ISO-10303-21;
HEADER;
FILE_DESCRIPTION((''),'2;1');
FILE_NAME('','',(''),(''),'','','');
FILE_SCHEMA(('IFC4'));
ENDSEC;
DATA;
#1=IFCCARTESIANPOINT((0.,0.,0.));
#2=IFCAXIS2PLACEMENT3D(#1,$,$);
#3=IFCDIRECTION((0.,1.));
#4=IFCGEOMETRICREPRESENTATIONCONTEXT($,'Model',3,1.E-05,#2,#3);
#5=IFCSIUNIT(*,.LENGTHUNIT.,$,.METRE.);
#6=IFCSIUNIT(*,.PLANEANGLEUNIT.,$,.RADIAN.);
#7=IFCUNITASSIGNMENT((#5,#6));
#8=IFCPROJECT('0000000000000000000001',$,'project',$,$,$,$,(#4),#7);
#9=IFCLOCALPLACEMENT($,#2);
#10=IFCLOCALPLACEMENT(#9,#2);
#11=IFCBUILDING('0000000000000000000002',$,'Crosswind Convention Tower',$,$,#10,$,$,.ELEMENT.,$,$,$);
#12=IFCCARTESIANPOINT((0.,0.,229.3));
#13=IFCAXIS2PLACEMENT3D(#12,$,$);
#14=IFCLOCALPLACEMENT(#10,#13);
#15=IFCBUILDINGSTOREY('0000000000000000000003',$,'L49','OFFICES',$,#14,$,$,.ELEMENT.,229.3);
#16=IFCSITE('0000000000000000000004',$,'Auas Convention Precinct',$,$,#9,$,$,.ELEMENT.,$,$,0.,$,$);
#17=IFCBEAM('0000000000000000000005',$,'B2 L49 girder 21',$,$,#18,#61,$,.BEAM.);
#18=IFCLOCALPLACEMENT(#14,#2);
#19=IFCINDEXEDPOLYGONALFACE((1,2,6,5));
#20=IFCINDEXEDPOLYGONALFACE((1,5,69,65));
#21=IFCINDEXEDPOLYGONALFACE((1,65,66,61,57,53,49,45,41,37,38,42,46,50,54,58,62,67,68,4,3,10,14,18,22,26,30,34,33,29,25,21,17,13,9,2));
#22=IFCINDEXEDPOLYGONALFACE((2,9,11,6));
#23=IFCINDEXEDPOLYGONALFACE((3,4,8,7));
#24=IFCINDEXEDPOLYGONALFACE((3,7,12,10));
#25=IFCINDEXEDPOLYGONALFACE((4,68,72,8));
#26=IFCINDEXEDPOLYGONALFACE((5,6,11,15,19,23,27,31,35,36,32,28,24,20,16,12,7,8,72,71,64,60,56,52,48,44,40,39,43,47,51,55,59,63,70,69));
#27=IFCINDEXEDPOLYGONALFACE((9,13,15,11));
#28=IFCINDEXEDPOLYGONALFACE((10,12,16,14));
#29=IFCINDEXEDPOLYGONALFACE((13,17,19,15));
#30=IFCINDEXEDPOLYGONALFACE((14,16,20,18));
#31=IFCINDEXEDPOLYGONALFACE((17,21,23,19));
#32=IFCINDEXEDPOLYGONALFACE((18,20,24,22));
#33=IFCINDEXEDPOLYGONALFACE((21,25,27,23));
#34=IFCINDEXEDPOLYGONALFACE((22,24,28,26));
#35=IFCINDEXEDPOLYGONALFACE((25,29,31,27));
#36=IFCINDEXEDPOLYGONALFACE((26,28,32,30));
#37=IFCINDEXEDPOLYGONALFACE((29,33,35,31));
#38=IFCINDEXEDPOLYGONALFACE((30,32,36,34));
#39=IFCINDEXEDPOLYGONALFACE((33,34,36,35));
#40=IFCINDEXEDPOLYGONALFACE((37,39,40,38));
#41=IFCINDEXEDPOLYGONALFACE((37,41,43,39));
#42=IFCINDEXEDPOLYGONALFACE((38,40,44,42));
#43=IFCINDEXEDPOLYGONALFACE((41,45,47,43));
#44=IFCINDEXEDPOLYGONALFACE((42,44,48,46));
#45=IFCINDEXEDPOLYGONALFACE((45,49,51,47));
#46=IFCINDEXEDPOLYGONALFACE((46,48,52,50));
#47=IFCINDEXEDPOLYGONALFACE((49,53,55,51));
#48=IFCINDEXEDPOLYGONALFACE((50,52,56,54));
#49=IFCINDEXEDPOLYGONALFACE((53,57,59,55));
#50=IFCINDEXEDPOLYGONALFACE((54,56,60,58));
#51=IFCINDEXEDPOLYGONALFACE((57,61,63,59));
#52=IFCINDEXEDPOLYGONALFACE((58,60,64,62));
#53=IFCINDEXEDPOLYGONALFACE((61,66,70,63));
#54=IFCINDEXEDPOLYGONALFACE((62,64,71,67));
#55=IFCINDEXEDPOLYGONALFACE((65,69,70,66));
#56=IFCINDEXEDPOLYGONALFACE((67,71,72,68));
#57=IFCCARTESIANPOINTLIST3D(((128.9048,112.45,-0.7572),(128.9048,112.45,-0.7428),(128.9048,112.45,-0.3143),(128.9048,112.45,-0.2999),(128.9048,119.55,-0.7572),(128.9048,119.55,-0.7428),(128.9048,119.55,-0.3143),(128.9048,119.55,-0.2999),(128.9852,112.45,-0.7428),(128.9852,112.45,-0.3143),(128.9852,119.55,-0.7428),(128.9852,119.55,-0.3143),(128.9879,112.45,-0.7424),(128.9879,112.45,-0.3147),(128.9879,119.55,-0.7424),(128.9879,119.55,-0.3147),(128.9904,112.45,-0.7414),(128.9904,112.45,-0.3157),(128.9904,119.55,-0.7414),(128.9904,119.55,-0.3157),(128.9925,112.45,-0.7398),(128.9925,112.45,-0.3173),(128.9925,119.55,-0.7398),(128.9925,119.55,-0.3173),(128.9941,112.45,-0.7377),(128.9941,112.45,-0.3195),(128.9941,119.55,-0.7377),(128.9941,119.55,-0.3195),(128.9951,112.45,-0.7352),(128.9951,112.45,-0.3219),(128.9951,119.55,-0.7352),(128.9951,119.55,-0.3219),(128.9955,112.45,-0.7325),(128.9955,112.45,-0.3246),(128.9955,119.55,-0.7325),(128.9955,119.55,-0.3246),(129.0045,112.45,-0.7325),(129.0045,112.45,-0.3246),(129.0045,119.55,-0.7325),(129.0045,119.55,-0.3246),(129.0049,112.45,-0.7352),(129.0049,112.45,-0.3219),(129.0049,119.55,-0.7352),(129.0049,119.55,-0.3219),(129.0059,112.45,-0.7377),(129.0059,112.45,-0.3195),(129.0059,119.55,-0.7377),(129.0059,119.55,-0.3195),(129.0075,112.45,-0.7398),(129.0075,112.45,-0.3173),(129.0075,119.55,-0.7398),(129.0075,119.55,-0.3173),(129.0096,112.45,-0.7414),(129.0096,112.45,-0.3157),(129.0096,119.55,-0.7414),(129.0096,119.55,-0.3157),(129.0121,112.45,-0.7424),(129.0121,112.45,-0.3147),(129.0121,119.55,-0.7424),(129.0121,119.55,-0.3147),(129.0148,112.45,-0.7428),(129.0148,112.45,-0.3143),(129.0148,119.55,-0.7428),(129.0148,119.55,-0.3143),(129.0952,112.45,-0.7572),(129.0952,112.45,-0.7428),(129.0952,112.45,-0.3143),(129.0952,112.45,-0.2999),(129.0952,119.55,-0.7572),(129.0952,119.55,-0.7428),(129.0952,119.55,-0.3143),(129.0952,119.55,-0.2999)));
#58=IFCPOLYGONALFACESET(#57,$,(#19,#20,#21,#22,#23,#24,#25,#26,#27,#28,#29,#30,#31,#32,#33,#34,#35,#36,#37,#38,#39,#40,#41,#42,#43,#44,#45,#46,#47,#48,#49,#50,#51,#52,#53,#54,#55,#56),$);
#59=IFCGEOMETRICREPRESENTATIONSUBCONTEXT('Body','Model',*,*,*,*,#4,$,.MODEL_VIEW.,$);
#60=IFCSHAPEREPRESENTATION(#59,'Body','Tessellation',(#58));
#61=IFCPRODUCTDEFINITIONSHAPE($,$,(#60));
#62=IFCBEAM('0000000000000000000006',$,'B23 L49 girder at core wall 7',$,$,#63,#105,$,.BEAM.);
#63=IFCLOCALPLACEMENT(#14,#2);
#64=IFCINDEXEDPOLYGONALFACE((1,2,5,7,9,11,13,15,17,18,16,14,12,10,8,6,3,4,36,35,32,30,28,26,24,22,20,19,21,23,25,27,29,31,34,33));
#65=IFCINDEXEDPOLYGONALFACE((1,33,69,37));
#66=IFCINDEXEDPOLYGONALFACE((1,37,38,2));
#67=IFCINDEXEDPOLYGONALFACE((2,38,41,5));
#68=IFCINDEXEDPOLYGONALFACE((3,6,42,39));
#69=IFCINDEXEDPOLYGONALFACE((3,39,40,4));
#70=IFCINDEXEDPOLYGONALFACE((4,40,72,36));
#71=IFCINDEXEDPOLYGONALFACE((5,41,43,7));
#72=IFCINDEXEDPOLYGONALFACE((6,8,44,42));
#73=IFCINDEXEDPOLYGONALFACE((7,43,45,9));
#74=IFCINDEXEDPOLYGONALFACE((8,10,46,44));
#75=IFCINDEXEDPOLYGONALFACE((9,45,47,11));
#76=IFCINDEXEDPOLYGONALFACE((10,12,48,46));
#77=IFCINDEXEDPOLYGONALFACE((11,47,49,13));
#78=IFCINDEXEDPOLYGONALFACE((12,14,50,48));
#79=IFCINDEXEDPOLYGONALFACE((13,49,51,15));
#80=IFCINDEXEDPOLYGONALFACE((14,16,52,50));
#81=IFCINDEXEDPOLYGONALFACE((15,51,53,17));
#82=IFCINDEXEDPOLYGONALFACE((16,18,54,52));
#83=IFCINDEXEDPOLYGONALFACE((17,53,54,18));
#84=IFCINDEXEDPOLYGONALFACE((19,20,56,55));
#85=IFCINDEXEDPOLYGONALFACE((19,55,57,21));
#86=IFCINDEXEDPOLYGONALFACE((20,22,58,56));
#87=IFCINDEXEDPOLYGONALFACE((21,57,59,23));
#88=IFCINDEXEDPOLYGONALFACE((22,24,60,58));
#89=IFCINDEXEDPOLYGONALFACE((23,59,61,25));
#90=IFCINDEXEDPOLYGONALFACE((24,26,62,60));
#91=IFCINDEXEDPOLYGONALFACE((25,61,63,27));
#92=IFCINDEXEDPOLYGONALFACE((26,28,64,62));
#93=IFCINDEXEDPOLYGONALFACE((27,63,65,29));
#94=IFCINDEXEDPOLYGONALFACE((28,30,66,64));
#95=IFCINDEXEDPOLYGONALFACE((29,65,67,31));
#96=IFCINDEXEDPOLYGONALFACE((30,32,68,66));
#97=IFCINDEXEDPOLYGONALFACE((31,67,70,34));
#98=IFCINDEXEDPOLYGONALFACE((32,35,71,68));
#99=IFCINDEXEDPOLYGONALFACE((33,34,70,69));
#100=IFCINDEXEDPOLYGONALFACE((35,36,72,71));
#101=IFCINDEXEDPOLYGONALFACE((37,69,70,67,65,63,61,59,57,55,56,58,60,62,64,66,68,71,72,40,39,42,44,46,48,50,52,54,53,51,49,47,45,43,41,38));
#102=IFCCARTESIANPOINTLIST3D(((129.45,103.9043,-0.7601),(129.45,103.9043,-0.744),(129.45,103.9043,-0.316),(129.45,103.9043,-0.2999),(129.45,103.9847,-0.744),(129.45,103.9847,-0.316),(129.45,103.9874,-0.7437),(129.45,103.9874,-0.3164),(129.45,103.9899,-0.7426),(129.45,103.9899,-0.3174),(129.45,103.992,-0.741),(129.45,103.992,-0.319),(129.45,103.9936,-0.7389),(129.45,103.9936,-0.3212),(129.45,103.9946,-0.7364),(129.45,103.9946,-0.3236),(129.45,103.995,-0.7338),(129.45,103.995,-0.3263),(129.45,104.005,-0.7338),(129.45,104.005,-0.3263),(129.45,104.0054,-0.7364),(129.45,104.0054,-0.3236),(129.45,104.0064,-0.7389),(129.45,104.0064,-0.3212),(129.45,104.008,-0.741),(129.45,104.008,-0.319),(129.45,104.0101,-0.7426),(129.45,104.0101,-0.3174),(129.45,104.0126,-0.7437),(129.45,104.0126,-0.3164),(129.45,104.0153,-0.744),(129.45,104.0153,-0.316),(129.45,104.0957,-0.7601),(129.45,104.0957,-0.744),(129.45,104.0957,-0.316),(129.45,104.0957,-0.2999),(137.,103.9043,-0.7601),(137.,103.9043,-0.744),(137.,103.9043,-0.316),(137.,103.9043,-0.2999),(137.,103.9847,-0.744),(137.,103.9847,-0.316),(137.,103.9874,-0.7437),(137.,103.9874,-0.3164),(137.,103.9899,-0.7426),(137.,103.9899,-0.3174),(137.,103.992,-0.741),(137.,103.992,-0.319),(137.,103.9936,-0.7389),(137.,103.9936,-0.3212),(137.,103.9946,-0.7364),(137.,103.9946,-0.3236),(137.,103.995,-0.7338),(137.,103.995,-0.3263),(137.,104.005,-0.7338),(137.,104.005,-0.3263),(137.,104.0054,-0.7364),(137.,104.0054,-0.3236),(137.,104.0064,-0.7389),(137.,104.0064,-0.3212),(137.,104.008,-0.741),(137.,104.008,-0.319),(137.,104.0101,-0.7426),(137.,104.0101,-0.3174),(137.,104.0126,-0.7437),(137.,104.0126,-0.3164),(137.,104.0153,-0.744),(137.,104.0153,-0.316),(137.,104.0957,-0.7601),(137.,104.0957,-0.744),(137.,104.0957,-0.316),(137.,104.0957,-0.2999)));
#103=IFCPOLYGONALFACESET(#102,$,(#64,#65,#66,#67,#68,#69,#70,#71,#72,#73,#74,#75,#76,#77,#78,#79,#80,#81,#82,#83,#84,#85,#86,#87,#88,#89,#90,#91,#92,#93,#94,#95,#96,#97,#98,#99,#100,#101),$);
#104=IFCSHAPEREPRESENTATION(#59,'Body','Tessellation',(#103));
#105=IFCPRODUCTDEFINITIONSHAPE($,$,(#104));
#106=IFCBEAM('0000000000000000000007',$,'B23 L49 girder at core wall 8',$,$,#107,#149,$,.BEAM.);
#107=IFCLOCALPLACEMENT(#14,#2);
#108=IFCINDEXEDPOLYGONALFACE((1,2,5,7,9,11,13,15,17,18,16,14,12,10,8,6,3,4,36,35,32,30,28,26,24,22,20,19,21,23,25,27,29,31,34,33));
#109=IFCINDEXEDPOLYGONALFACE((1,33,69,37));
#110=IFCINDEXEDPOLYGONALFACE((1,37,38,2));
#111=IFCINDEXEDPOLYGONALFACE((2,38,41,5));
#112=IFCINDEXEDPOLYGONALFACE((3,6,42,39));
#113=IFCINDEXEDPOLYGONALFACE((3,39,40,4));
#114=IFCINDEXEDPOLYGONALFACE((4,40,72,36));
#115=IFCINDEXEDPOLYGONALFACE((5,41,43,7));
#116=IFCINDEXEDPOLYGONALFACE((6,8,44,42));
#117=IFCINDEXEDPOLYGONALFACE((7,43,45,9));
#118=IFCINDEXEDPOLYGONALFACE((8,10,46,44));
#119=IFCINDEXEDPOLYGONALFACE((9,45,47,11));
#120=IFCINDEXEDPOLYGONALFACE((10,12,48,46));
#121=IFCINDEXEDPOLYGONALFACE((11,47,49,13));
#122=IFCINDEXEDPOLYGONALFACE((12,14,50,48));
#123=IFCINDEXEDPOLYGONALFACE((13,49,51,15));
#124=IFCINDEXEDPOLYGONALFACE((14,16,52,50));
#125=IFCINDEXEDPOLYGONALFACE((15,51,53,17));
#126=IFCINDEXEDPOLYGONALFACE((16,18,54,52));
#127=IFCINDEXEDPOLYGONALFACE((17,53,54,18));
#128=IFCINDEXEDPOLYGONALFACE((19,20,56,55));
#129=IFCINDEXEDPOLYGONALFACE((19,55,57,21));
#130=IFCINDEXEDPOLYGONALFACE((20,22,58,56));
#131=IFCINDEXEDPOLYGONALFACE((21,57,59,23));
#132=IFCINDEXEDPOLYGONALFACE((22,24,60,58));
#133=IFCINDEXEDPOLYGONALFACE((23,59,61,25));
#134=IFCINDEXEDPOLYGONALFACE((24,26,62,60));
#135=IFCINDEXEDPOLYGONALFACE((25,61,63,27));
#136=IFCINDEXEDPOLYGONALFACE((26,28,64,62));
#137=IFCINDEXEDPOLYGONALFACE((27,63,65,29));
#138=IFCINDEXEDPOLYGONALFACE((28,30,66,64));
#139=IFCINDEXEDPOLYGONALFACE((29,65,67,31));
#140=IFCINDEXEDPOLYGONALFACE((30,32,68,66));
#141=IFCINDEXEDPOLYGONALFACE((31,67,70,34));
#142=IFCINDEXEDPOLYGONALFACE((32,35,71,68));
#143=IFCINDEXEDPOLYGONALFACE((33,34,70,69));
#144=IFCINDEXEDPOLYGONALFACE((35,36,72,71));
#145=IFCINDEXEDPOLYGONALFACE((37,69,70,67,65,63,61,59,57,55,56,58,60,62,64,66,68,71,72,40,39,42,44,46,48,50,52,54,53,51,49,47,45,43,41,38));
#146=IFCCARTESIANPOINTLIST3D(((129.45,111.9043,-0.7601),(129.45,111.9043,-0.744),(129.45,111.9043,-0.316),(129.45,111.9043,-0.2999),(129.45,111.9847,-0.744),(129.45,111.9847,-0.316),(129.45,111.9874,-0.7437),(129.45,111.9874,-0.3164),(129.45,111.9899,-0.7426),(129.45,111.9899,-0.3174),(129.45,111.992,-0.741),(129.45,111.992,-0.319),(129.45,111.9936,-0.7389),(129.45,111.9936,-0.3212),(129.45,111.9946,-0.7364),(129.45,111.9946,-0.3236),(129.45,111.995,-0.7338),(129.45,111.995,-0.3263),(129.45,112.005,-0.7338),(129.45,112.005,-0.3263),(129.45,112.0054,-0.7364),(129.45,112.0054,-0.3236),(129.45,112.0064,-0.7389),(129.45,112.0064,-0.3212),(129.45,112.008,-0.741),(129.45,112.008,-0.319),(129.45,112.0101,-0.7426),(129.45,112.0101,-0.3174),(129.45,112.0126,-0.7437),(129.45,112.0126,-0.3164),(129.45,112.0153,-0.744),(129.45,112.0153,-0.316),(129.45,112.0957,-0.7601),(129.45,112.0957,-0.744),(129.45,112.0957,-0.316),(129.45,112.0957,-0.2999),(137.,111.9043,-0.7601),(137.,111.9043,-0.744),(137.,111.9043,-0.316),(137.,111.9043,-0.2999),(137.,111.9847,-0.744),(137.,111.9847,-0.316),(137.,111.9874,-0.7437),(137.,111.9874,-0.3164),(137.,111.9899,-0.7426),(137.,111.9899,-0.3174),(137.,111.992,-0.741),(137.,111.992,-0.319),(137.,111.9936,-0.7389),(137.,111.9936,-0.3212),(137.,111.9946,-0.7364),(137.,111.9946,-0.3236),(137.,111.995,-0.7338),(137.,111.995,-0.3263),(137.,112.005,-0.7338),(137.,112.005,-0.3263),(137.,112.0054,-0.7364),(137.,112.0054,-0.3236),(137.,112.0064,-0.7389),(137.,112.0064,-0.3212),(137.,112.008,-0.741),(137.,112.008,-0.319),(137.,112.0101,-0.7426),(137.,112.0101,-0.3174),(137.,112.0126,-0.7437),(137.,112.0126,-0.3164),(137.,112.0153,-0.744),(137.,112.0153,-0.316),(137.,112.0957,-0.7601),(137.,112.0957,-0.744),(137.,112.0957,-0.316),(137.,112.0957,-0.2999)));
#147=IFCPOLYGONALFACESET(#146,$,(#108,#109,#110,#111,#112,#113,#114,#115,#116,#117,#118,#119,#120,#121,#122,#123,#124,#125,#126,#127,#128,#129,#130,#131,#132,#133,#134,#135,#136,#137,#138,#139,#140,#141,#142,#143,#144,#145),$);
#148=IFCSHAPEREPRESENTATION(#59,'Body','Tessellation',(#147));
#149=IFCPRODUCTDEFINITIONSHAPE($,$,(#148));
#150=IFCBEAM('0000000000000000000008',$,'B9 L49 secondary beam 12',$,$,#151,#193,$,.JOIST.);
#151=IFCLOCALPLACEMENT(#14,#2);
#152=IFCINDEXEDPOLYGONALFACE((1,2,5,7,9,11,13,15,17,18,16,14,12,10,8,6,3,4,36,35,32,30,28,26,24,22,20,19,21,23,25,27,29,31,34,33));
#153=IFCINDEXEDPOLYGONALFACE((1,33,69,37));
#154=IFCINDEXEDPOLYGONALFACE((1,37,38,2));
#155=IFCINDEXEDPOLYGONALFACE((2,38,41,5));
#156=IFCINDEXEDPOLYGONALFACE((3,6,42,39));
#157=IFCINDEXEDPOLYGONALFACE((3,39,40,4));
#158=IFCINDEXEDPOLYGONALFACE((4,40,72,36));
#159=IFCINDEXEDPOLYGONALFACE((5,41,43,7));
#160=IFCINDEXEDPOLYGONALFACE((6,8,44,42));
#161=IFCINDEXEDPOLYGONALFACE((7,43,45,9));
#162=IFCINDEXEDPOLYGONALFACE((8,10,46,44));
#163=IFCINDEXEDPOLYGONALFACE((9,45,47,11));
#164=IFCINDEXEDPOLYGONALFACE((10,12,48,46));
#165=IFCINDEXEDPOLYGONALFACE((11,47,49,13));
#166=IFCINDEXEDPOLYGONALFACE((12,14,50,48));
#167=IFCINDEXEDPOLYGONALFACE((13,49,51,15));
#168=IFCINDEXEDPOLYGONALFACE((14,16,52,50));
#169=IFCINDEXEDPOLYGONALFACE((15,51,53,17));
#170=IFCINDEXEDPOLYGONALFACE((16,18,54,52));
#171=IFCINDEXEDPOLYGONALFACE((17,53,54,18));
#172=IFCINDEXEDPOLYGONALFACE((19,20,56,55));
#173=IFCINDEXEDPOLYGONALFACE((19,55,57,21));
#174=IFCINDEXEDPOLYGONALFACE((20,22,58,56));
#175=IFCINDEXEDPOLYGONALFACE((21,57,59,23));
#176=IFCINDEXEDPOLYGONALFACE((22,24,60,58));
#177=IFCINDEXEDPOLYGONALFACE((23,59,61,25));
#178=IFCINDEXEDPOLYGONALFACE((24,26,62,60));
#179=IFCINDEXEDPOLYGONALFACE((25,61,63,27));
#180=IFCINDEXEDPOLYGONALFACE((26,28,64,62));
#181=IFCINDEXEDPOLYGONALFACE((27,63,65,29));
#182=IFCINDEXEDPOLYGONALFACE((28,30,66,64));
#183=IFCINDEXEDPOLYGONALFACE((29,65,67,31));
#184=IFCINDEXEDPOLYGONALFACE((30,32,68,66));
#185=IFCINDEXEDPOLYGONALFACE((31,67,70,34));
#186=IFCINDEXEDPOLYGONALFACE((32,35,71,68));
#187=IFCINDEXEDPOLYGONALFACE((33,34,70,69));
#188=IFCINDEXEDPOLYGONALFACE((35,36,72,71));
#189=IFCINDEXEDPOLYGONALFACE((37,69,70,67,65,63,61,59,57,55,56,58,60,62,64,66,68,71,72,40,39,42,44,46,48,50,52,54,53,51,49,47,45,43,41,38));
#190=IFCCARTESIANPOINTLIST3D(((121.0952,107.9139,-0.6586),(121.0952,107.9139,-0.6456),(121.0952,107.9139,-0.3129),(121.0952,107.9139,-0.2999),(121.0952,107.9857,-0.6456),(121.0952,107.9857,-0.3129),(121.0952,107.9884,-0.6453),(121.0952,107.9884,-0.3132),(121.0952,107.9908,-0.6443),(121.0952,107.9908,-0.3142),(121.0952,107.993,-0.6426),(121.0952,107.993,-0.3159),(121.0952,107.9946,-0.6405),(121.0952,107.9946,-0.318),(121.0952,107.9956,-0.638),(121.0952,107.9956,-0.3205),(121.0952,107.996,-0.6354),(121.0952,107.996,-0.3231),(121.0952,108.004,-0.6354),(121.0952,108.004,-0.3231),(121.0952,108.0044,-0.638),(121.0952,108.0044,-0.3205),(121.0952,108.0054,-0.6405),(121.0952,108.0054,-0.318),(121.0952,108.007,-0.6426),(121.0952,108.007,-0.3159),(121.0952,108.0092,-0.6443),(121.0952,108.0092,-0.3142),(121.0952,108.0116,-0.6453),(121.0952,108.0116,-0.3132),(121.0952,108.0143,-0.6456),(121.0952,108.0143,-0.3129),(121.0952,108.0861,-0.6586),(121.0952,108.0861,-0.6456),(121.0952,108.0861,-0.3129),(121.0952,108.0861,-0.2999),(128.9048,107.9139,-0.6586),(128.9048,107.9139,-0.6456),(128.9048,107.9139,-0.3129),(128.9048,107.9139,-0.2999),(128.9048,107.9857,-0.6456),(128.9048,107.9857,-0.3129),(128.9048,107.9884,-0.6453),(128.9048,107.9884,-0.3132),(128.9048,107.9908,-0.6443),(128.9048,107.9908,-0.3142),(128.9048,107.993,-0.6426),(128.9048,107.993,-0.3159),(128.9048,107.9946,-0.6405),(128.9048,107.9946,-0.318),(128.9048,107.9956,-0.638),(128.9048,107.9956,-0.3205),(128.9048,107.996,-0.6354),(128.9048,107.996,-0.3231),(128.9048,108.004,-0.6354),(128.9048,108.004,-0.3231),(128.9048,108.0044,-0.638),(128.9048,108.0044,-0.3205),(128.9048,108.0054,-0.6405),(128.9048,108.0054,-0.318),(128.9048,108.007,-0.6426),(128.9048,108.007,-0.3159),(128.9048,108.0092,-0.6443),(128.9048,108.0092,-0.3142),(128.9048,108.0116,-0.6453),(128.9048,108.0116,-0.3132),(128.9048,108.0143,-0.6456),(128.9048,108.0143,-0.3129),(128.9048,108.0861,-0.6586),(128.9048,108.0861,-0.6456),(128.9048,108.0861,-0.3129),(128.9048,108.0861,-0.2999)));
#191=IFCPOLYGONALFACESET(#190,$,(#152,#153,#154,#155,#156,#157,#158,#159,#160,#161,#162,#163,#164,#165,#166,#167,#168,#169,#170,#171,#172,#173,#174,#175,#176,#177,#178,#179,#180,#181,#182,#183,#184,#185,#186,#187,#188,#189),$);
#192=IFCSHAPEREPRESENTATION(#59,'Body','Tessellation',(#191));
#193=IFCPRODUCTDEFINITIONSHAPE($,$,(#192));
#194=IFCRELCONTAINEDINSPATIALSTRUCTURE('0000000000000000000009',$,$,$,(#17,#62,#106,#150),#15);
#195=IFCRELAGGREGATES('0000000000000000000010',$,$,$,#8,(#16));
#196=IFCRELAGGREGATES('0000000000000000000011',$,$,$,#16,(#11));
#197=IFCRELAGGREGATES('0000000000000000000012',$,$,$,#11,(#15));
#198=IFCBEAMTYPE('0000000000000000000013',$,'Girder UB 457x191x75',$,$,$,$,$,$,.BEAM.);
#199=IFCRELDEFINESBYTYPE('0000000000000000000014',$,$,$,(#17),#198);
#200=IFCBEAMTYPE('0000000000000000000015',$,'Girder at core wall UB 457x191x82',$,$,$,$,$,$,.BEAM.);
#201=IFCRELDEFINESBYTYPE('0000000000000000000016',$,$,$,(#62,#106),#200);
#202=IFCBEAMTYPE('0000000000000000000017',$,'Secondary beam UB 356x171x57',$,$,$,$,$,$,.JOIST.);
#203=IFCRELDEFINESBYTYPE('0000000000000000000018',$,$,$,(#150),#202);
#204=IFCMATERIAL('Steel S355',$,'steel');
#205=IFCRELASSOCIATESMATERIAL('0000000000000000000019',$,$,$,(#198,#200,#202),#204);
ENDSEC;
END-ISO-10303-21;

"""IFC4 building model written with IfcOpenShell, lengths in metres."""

from ifc_helpers import new_model, si_unit, direction, frame, origin, origin_2d, place, context, subcontext, project, spatial, i_section, extrude, material, material_profile, profile_set, type_object, element, save


model = new_model("IFC4")

# Units and contexts
model_context = context("Model", 3, precision=1e-05, world=origin(), true_north=direction((0.0, 1.0)))
body_context = subcontext(model_context, "Body", "Model", "MODEL_VIEW")
ifc_project = project(units=[si_unit("LENGTHUNIT", "METRE"), si_unit("PLANEANGLEUNIT", "RADIAN")], contexts=[model_context])

# Site, building, storey
site_placement = place(None, origin())
site = spatial("IfcSite", under=ifc_project, at=site_placement, Name="Auas Convention Precinct", CompositionType="ELEMENT", RefElevation=0.0)
building_placement = place(site_placement, origin())
building = spatial("IfcBuilding", under=site, at=building_placement, Name="Crosswind Convention Tower", CompositionType="ELEMENT")
storey_placement = place(building_placement, frame((0.0, 0.0, 229.3)))
storey = spatial("IfcBuildingStorey", under=building, at=storey_placement, Name="L49", Description="OFFICES", CompositionType="ELEMENT", Elevation=229.3)

# Beams
ifc_material_1 = material(Name="Steel S355", Category="steel")
ifc_material_profile_1 = material_profile(ifc_material_1, i_section(OverallWidth=0.1904, OverallDepth=0.4573, WebThickness=0.009, FlangeThickness=0.0144, FilletRadius=0.0103, at=origin_2d()), Name="UB 457x191x75")
ifc_profile_set_1 = profile_set([ifc_material_profile_1], Name="Steel S355")
beam_type_1 = type_object("IfcBeamType", Name="Girder UB 457x191x75", PredefinedType="BEAM", material=ifc_profile_set_1)
for number, where, z_axis, x_axis, name in (
    (1, (129.0, 112.45, -0.5286), (0.0, 1.0, 0.0), (-1.0, 0.0, 0.0), "B2 L49 girder 21"),
):
    element("IfcBeam", number, at=place(storey_placement, frame(where, z_axis=z_axis, x_axis=x_axis)), inside=storey, type_object=beam_type_1, Name=name, PredefinedType="BEAM", context=body_context, shape_type="SweptSolid", body=[
        extrude(i_section(OverallWidth=0.1904, OverallDepth=0.4573, WebThickness=0.009, FlangeThickness=0.0144, FilletRadius=0.0103, at=origin_2d()), origin(), (0.0, 0.0, 1.0), 7.1001),
    ])
ifc_material_profile_2 = material_profile(ifc_material_1, i_section(OverallWidth=0.1914, OverallDepth=0.4602, WebThickness=0.01, FlangeThickness=0.0161, FilletRadius=0.0103, at=origin_2d()), Name="UB 457x191x82")
ifc_profile_set_2 = profile_set([ifc_material_profile_2], Name="Steel S355")
beam_type_2 = type_object("IfcBeamType", Name="Girder at core wall UB 457x191x82", PredefinedType="BEAM", material=ifc_profile_set_2)
for number, where, z_axis, x_axis, name in (
    (2, (129.45, 104.0, -0.53), (1.0, 0.0, 0.0), (0.0, 1.0, 0.0), "B23 L49 girder at core wall 7"),
    (3, (129.45, 112.0, -0.53), (1.0, 0.0, 0.0), (0.0, 1.0, 0.0), "B23 L49 girder at core wall 8"),
):
    element("IfcBeam", number, at=place(storey_placement, frame(where, z_axis=z_axis, x_axis=x_axis)), inside=storey, type_object=beam_type_2, Name=name, PredefinedType="BEAM", context=body_context, shape_type="SweptSolid", body=[
        extrude(i_section(OverallWidth=0.1914, OverallDepth=0.4602, WebThickness=0.01, FlangeThickness=0.0161, FilletRadius=0.0103, at=origin_2d()), origin(), (0.0, 0.0, 1.0), 7.55),
    ])
ifc_material_profile_3 = material_profile(ifc_material_1, i_section(OverallWidth=0.1721, OverallDepth=0.3586, WebThickness=0.0081, FlangeThickness=0.0129, FilletRadius=0.0103, at=origin_2d()), Name="UB 356x171x57")
ifc_profile_set_3 = profile_set([ifc_material_profile_3], Name="Steel S355")
beam_type_3 = type_object("IfcBeamType", Name="Secondary beam UB 356x171x57", PredefinedType="JOIST", material=ifc_profile_set_3)
beam_1_placement = place(storey_placement, frame((121.0952, 108.0, -0.4792), z_axis=(1.0, 0.0, 0.0), x_axis=(0.0, 1.0, 0.0)))
element("IfcBeam", 4, at=beam_1_placement, inside=storey, type_object=beam_type_3, Name="B9 L49 secondary beam 12", PredefinedType="JOIST", context=body_context, shape_type="SweptSolid", body=[
    extrude(i_section(OverallWidth=0.1721, OverallDepth=0.3586, WebThickness=0.0081, FlangeThickness=0.0129, FilletRadius=0.0103, at=origin_2d()), origin(), (0.0, 0.0, 1.0), 7.8096),
])

save(model, "model.ifc")
